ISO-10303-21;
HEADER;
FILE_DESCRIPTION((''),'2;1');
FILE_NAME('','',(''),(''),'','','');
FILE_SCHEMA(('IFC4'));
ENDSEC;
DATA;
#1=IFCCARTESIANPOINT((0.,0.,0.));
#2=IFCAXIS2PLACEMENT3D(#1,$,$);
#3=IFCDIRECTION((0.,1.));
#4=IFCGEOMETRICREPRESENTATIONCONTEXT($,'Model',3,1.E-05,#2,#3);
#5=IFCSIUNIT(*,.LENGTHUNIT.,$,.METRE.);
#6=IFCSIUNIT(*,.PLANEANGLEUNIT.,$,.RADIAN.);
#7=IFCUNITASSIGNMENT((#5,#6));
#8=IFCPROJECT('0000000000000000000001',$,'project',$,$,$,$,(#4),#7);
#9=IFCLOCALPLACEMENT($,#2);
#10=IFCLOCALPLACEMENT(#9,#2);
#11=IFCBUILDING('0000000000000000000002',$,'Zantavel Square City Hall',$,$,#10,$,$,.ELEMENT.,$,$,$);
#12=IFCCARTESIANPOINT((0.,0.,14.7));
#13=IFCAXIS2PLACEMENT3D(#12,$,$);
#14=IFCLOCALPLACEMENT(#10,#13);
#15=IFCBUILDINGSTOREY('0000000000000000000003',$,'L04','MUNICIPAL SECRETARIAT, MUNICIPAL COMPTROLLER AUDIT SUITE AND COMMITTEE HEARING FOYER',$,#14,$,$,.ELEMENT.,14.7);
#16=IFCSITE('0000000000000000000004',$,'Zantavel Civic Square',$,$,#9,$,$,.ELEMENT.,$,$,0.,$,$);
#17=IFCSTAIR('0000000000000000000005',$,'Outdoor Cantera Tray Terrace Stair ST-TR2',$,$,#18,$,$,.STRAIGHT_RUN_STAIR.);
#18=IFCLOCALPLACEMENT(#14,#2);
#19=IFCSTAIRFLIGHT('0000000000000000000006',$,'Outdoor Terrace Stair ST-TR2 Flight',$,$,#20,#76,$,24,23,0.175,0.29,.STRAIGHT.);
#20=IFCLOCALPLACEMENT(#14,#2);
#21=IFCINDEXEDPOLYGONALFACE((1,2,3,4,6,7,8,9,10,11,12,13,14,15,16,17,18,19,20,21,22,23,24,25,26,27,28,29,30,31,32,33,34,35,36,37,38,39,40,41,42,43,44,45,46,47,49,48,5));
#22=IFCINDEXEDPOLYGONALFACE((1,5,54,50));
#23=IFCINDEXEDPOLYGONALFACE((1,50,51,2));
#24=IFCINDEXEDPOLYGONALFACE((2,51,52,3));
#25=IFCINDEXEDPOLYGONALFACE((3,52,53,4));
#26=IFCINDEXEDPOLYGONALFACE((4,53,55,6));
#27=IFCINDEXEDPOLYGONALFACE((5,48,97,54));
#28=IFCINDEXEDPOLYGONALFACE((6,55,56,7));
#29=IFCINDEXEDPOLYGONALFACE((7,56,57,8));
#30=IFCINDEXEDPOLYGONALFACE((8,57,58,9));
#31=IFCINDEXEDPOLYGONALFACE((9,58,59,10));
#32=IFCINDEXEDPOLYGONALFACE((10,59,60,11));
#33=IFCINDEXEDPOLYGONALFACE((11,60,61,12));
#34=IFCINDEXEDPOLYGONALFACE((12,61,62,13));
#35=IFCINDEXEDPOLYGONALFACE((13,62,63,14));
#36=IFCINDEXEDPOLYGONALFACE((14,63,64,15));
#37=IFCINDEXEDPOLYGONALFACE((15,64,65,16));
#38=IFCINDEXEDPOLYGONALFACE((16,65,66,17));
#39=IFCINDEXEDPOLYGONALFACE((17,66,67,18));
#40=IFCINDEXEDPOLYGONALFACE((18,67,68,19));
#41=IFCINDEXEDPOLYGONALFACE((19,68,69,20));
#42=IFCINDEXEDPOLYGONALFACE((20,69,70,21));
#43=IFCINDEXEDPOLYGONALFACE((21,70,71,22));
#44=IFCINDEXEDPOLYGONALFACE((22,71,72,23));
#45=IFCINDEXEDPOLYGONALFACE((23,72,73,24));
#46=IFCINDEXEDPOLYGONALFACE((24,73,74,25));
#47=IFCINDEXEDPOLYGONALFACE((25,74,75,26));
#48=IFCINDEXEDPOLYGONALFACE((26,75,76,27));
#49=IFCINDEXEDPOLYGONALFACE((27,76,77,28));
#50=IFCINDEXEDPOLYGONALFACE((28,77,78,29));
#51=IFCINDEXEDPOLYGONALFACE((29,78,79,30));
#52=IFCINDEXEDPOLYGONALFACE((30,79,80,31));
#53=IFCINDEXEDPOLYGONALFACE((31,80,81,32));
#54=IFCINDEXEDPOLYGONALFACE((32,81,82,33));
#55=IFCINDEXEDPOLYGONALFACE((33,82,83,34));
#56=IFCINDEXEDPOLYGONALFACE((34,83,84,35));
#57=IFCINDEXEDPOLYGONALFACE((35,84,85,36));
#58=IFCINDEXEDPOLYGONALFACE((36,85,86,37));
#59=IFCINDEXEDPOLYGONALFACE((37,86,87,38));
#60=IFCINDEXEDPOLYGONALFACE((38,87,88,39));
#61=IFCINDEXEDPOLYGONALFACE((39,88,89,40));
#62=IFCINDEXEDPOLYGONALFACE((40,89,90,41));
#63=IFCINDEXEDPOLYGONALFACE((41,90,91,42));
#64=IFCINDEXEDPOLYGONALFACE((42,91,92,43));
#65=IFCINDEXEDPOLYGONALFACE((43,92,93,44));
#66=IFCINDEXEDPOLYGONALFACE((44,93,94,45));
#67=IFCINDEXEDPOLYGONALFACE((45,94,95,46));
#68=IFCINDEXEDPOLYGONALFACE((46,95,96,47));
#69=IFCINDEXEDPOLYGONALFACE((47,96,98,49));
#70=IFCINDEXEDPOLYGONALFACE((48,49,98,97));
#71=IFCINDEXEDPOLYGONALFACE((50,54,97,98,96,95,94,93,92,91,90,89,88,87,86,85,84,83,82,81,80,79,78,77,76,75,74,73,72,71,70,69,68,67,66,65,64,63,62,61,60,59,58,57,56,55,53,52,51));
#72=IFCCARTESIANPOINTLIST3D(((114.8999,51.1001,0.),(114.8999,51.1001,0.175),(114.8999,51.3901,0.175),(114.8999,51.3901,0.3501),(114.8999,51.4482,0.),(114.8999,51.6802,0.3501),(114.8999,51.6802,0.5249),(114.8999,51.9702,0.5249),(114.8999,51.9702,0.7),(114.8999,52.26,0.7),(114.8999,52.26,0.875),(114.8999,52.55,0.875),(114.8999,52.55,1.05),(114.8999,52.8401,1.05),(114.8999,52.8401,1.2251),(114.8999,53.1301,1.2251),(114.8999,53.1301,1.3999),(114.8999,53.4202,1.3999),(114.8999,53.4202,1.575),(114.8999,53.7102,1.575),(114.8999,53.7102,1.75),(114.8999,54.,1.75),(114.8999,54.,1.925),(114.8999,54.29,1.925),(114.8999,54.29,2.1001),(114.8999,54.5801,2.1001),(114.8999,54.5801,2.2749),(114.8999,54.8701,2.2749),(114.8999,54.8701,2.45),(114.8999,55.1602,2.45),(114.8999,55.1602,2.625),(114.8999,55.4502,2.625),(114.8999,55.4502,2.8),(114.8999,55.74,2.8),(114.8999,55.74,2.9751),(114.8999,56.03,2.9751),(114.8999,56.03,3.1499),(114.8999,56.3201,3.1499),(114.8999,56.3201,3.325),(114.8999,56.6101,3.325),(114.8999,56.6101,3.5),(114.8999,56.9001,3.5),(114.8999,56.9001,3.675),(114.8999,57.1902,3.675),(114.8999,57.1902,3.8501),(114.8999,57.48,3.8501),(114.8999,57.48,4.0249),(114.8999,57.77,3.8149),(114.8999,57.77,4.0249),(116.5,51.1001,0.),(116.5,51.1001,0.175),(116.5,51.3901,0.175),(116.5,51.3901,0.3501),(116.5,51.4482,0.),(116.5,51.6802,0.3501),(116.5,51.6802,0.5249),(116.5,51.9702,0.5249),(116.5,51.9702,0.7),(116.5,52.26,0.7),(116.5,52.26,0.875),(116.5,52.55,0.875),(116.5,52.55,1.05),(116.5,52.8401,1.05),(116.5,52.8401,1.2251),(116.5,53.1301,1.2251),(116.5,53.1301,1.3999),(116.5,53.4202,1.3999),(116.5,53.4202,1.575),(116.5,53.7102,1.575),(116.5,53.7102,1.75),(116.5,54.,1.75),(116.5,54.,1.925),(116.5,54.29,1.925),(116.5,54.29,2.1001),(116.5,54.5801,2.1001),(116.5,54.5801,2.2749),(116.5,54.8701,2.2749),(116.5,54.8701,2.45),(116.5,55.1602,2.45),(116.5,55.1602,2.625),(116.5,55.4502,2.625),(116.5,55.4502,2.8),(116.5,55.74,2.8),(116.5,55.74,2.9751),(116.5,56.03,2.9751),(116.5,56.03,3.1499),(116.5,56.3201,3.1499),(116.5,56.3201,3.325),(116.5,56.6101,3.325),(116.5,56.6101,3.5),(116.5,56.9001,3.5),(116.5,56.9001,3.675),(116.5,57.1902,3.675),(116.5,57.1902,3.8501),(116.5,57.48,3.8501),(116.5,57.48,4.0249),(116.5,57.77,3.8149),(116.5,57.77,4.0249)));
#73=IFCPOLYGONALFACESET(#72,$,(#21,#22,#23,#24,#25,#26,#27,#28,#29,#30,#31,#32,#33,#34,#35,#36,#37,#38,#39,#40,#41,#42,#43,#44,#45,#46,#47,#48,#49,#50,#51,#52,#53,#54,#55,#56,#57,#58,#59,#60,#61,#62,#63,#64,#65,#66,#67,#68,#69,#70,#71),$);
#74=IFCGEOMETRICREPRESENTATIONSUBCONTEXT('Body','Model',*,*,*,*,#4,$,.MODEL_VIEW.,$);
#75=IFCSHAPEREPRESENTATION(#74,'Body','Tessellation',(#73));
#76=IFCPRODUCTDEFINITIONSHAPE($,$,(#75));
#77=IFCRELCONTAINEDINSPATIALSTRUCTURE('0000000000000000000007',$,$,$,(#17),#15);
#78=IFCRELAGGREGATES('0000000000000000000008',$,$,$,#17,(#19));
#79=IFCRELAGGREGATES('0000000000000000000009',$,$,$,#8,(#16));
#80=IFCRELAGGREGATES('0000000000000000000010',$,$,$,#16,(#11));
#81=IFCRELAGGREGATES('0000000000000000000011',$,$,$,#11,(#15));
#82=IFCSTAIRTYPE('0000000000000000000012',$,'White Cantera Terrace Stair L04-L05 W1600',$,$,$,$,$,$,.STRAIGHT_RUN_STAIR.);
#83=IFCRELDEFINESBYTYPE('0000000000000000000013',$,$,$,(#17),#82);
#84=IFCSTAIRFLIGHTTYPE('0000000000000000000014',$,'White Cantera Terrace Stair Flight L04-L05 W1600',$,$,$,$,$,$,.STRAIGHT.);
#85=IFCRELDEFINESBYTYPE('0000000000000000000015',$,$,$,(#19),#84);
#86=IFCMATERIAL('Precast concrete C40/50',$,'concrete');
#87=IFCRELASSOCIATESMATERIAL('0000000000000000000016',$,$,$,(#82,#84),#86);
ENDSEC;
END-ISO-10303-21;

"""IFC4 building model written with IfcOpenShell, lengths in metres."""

from ifc_helpers import new_model, si_unit, direction, frame, origin, place, context, subcontext, project, spatial, polyline, outline, extrude, material, type_object, element, aggregate, save


model = new_model("IFC4")

# Units and contexts
model_context = context("Model", 3, precision=1e-05, world=origin(), true_north=direction((0.0, 1.0)))
body_context = subcontext(model_context, "Body", "Model", "MODEL_VIEW")
ifc_project = project(units=[si_unit("LENGTHUNIT", "METRE"), si_unit("PLANEANGLEUNIT", "RADIAN")], contexts=[model_context])

# Site, building, storey
site_placement = place(None, origin())
site = spatial("IfcSite", under=ifc_project, at=site_placement, Name="Zantavel Civic Square", CompositionType="ELEMENT", RefElevation=0.0)
building_placement = place(site_placement, origin())
building = spatial("IfcBuilding", under=site, at=building_placement, Name="Zantavel Square City Hall", CompositionType="ELEMENT")
storey_placement = place(building_placement, frame((0.0, 0.0, 14.7)))
storey = spatial("IfcBuildingStorey", under=building, at=storey_placement, Name="L04", Description="MUNICIPAL SECRETARIAT, MUNICIPAL COMPTROLLER AUDIT SUITE AND COMMITTEE HEARING FOYER", CompositionType="ELEMENT", Elevation=14.7)

# Stair, stair flight
ifc_material_1 = material(Name="Precast concrete C40/50", Category="concrete")
stair_type = type_object("IfcStairType", Name="White Cantera Terrace Stair L04-L05 W1600", PredefinedType="STRAIGHT_RUN_STAIR", material=ifc_material_1)
stair_placement = place(storey_placement, origin())
stair = element("IfcStair", 1, at=stair_placement, inside=storey, type_object=stair_type, Name="Outdoor Cantera Tray Terrace Stair ST-TR2", PredefinedType="STRAIGHT_RUN_STAIR")
stair_flight_type = type_object("IfcStairFlightType", Name="White Cantera Terrace Stair Flight L04-L05 W1600", PredefinedType="STRAIGHT", material=ifc_material_1)
stair_flight_placement = place(storey_placement, frame((115.7, 51.1001, 0.0), z_axis=(0.0, 0.0, 1.0), x_axis=(0.0, 1.0, 0.0)))
stair_flight = element("IfcStairFlight", 2, at=stair_flight_placement, type_object=stair_flight_type, Name="Outdoor Terrace Stair ST-TR2 Flight", NumberOfRisers=24, NumberOfTreads=23, PredefinedType="STRAIGHT", RiserHeight=0.175, TreadLength=0.29, context=body_context, shape_type="SweptSolid", body=[
    extrude(outline(polyline([(0.0, 0.0), (0.0, 0.175), (0.29, 0.175), (0.29, 0.3501), (0.5801, 0.3501), (0.5801, 0.5249), (0.8701, 0.5249), (0.8701, 0.7), (1.1599, 0.7), (1.1599, 0.875), (1.45, 0.875), (1.45, 1.05), (1.74, 1.05), (1.74, 1.2251), (2.03, 1.2251), (2.03, 1.3999), (2.3201, 1.3999), (2.3201, 1.575), (2.6101, 1.575), (2.6101, 1.75), (2.8999, 1.75), (2.8999, 1.925), (3.1899, 1.925), (3.1899, 2.1001), (3.48, 2.1001), (3.48, 2.2749), (3.77, 2.2749), (3.77, 2.45), (4.0601, 2.45), (4.0601, 2.625), (4.3501, 2.625), (4.3501, 2.8), (4.6399, 2.8), (4.6399, 2.9751), (4.9299, 2.9751), (4.9299, 3.1499), (5.22, 3.1499), (5.22, 3.325), (5.51, 3.325), (5.51, 3.5), (5.8, 3.5), (5.8, 3.675), (6.0901, 3.675), (6.0901, 3.8501), (6.3799, 3.8501), (6.3799, 4.0249), (6.6699, 4.0249), (6.6699, 4.2), (6.6699, 3.8149), (0.3481, 0.0), (0.0, 0.0)])), frame((0.0, 0.8, 0.0), z_axis=(0.0, -1.0, 0.0), x_axis=(1.0, 0.0, 0.0)), (0.0, 0.0, 1.0), 1.6001),
])
aggregate(stair, [stair_flight])

save(model, "model.ifc")
